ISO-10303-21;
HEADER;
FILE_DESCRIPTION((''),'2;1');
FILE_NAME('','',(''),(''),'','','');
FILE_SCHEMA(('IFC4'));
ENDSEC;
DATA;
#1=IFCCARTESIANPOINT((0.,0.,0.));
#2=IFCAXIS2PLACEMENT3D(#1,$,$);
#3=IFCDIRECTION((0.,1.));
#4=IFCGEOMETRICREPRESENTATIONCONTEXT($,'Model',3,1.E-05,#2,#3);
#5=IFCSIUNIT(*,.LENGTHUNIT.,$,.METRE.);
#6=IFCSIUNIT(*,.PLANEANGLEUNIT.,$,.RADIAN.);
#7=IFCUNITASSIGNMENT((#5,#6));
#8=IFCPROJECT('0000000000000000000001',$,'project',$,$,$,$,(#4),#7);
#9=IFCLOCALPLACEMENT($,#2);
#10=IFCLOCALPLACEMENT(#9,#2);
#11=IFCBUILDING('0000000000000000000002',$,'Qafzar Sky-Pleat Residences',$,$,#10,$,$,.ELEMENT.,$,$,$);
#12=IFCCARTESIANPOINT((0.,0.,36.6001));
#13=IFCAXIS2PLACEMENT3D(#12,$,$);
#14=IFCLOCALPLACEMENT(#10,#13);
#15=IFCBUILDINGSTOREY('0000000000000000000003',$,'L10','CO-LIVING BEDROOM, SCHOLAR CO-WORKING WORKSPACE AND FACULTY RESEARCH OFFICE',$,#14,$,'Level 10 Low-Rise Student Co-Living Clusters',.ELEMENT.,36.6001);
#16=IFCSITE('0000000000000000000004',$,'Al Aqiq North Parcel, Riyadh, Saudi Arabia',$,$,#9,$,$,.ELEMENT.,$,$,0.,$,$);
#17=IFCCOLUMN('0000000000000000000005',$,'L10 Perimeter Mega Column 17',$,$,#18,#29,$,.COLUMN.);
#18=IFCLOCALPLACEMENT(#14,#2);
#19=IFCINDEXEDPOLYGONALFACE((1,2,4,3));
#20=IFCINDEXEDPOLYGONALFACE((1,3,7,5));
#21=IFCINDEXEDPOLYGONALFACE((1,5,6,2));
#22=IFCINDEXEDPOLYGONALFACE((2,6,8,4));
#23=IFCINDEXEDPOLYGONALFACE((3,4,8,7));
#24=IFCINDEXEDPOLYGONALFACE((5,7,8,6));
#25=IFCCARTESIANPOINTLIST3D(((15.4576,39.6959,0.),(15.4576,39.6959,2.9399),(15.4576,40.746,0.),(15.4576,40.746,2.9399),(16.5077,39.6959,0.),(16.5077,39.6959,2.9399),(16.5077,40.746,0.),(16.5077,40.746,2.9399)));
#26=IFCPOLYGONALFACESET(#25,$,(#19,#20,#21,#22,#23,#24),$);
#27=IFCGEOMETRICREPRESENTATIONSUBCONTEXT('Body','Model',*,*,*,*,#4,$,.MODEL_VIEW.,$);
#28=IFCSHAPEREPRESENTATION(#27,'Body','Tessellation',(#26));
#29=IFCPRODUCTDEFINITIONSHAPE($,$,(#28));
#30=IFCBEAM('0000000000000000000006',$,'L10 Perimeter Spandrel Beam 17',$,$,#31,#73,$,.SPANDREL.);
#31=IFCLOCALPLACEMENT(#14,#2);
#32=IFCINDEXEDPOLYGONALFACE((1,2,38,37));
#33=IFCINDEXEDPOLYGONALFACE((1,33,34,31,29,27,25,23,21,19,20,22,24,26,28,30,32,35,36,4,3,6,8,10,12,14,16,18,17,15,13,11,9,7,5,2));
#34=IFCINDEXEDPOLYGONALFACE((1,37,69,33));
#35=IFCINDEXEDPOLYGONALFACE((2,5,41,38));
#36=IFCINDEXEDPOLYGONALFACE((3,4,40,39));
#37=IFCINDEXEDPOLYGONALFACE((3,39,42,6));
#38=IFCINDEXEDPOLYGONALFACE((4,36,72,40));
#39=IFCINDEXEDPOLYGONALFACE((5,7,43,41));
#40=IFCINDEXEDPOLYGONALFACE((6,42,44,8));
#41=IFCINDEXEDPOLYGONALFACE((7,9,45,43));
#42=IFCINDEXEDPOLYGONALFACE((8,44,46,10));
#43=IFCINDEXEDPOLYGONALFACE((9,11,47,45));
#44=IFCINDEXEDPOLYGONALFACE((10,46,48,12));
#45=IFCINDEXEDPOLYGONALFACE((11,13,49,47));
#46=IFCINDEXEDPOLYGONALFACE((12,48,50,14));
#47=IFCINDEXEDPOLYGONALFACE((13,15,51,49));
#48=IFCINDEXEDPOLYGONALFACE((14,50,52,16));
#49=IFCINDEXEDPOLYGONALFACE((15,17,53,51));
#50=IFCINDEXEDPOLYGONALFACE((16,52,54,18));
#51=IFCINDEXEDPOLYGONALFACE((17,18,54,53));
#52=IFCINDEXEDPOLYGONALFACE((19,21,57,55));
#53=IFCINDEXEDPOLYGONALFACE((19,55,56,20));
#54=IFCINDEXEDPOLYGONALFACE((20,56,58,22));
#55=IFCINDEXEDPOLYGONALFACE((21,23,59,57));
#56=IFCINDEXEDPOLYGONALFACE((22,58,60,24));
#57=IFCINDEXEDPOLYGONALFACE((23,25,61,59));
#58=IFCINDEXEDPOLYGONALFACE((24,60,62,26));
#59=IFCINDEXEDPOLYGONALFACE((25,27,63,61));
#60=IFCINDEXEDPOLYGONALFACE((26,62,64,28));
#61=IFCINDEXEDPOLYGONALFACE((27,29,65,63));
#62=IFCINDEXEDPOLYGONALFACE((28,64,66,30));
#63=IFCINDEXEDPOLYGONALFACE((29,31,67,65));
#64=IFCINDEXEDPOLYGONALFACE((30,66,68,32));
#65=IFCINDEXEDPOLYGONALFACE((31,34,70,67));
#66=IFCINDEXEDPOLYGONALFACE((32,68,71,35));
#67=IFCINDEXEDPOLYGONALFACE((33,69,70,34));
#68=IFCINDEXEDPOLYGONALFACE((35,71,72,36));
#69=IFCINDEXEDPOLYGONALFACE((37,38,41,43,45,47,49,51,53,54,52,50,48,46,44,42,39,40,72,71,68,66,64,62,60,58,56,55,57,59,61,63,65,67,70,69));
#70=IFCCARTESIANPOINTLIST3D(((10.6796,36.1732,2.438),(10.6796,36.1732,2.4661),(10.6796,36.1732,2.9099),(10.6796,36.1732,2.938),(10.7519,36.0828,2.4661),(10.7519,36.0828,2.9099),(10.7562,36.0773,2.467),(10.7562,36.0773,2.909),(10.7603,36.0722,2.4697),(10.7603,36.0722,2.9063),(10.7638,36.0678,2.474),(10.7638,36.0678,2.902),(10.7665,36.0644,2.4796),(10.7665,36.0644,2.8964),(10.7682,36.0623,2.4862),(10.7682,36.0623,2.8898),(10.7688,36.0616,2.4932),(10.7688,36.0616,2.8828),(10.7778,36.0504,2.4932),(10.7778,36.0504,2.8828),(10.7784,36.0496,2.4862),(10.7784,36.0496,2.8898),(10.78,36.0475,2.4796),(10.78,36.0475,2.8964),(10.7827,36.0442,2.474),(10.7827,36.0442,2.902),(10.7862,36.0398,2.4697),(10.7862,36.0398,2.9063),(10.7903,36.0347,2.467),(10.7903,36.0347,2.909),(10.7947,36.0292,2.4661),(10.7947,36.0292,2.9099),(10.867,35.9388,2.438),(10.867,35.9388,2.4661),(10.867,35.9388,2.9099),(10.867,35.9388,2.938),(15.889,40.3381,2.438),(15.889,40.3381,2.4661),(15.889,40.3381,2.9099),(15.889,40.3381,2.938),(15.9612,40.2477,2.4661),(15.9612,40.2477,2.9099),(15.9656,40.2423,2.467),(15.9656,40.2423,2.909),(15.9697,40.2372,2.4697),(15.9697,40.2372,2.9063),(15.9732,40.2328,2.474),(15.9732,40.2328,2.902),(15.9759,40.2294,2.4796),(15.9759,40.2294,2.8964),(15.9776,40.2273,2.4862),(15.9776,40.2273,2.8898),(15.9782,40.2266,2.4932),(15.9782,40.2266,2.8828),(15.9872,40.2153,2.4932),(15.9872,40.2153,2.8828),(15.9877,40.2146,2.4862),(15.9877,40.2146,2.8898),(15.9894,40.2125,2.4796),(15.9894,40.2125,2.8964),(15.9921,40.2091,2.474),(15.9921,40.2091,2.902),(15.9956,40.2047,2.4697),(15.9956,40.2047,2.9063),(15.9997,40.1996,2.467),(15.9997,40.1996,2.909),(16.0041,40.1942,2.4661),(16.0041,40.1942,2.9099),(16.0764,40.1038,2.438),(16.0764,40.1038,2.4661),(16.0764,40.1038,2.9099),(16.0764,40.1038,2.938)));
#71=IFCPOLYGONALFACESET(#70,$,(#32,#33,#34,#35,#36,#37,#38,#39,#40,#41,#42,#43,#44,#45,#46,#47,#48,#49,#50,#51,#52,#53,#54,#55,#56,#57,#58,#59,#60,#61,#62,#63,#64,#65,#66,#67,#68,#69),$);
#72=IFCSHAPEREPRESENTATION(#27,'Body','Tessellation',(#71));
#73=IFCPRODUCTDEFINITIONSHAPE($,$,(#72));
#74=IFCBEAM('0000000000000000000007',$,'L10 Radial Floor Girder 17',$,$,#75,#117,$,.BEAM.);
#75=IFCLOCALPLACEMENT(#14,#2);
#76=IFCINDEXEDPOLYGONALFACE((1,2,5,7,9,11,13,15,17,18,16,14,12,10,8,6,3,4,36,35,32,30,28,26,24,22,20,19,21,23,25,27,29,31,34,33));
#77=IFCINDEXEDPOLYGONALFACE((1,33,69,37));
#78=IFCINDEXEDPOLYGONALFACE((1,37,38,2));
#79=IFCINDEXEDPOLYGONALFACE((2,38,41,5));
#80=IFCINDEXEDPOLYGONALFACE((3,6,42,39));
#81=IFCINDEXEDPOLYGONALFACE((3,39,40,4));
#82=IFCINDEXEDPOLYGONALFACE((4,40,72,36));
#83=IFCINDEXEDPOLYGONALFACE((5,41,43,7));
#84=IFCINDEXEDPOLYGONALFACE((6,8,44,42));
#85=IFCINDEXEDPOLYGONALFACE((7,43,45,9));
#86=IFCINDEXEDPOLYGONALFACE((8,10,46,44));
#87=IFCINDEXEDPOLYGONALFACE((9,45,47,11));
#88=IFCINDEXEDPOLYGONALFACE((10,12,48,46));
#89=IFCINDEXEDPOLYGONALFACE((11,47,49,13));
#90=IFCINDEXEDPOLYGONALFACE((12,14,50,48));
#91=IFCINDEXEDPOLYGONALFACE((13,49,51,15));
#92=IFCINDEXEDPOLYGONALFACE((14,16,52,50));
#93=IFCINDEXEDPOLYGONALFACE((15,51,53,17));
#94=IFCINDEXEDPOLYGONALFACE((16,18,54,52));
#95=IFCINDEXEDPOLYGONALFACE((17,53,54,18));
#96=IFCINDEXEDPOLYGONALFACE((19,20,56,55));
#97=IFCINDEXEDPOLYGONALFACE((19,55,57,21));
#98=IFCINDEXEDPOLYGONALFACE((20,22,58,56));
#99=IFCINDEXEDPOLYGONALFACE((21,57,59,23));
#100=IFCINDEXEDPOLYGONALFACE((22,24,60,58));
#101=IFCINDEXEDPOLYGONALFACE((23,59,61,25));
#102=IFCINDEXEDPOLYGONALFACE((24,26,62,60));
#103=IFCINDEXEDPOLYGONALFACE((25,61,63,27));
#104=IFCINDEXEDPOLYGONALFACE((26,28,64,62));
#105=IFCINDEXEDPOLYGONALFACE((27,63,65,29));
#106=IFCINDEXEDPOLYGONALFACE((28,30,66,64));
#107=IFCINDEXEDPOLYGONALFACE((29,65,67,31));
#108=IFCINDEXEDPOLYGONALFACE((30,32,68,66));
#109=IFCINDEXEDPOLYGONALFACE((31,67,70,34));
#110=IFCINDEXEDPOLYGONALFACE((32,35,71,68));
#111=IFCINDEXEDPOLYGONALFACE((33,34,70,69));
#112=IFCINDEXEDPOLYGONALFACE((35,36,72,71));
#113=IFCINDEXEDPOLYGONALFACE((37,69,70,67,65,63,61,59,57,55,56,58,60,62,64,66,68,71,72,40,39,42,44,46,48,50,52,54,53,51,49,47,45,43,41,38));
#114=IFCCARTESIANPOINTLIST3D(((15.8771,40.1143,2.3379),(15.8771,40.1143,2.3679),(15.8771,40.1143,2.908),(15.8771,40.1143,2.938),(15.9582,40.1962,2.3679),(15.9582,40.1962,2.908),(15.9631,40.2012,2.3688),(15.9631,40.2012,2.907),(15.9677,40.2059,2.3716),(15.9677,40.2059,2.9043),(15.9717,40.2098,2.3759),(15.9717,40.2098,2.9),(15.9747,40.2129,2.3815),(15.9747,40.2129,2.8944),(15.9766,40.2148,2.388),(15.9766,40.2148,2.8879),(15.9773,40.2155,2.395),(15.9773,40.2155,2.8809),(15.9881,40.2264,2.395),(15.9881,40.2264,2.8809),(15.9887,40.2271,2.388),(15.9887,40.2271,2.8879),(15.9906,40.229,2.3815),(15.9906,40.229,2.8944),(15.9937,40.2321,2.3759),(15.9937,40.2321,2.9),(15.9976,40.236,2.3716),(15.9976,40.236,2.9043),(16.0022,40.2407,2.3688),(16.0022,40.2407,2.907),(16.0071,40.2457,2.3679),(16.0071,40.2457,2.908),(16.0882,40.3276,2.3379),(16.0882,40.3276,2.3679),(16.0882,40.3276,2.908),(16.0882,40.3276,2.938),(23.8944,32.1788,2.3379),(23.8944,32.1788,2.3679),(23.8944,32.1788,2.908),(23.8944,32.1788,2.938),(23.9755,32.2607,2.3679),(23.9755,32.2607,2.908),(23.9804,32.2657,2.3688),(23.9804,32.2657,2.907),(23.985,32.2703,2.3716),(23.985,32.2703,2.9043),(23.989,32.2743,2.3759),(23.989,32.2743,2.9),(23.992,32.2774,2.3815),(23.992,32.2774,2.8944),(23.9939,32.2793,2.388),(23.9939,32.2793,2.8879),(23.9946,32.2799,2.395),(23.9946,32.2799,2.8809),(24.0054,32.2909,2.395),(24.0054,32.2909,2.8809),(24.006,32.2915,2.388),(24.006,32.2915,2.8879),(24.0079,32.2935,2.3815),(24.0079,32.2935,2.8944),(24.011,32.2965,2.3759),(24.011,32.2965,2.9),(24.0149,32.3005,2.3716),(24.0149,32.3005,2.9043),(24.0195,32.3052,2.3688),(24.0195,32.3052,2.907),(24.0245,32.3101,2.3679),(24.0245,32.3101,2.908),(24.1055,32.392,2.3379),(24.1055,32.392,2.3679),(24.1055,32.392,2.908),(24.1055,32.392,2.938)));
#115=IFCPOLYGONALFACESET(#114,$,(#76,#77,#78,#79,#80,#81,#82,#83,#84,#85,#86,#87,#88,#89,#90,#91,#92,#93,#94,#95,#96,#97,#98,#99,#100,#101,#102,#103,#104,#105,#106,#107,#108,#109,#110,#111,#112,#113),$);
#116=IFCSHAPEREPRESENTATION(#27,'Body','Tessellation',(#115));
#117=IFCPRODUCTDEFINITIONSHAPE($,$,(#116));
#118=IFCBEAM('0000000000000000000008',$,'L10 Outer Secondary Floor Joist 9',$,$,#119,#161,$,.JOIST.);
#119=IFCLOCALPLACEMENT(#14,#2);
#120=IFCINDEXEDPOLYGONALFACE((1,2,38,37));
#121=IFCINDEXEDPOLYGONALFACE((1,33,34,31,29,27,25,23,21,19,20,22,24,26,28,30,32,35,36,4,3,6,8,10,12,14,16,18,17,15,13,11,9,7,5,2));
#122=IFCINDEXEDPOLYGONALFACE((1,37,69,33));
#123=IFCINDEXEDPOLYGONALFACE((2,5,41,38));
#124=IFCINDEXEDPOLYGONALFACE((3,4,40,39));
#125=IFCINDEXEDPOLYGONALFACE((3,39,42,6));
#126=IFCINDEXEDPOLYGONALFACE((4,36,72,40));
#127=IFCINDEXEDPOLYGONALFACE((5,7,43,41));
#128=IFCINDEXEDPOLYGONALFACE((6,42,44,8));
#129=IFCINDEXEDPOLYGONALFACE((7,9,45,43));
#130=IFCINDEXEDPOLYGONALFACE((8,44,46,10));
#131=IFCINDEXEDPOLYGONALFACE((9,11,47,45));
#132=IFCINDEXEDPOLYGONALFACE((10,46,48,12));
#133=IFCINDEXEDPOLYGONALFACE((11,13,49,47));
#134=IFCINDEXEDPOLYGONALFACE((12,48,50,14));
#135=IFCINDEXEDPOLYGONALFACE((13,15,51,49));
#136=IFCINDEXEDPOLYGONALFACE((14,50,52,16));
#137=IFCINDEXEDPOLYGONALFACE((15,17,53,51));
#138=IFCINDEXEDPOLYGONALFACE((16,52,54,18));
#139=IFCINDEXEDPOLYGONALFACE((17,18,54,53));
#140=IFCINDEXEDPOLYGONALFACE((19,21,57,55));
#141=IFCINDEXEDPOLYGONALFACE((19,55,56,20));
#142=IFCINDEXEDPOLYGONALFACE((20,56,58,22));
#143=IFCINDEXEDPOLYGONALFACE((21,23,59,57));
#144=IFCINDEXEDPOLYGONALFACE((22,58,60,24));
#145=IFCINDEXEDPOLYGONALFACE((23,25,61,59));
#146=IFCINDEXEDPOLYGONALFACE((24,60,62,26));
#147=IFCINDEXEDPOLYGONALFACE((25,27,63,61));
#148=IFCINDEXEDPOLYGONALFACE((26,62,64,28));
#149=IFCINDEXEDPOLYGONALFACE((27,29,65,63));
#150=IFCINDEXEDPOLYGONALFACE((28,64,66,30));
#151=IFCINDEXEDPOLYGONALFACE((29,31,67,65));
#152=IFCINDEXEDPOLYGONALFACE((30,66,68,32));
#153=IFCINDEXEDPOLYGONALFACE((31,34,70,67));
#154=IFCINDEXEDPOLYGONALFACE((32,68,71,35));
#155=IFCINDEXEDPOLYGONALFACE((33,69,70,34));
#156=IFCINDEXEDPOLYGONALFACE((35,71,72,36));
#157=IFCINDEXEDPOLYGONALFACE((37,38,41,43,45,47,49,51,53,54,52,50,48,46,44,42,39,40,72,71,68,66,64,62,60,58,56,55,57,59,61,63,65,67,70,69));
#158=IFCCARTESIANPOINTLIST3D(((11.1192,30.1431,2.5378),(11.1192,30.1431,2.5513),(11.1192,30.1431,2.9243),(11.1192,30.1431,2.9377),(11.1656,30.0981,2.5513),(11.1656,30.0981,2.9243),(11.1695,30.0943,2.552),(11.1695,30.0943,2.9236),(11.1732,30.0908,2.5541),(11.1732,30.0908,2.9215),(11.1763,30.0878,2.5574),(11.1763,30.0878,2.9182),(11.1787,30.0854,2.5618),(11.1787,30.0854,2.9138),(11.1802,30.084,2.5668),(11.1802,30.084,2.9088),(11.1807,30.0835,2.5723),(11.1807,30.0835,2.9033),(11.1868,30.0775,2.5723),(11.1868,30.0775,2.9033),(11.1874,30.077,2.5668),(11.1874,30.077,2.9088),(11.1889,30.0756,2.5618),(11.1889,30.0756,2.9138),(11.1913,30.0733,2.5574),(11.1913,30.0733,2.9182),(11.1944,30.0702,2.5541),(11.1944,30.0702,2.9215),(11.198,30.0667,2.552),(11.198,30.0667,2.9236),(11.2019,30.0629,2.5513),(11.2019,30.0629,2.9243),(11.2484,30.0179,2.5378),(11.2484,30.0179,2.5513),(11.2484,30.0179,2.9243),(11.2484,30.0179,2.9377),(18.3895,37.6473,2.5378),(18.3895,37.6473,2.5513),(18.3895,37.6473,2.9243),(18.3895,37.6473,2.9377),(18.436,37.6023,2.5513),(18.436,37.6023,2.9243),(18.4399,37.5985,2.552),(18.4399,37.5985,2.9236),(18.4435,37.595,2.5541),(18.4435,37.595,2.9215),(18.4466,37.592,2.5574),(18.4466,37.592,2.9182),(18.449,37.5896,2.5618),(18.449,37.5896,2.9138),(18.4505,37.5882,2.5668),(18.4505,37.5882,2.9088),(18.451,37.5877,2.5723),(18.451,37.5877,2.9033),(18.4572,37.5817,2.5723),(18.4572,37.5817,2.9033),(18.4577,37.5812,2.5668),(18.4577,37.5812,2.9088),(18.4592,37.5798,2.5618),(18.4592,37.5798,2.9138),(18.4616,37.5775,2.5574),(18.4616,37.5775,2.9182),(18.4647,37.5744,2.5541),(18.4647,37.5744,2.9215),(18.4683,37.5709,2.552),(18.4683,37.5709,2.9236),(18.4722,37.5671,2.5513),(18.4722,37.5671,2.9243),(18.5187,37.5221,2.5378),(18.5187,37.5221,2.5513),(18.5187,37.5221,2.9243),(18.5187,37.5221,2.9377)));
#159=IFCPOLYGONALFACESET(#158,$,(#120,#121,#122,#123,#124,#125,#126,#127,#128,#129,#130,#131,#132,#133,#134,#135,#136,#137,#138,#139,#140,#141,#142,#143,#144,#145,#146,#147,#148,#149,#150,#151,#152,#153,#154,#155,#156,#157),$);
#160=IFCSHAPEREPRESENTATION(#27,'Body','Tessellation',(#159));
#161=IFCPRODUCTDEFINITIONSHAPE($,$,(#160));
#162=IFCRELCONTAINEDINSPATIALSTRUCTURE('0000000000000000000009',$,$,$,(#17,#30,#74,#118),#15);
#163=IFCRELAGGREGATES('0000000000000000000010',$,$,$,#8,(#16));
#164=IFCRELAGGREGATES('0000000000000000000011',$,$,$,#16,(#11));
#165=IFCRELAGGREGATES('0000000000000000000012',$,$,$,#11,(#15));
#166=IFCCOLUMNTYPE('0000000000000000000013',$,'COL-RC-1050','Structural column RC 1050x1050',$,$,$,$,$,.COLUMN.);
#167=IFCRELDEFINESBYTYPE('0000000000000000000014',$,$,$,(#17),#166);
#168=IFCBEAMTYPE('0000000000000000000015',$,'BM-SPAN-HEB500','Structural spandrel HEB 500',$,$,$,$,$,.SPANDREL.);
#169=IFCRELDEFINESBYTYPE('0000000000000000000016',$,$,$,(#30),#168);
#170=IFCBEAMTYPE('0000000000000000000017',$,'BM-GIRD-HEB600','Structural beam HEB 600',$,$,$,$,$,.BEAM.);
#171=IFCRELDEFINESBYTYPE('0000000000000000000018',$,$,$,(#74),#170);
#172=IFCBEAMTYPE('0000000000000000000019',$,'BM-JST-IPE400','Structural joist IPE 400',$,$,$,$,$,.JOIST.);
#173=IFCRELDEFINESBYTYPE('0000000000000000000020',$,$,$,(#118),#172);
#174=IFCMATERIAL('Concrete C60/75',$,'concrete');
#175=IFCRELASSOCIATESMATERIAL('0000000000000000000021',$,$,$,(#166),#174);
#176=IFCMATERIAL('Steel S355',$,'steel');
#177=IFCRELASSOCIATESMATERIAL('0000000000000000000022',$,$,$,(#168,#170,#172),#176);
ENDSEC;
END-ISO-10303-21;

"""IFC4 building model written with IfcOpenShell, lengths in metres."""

from ifc_helpers import new_model, si_unit, direction, frame, origin, origin_2d, place, context, subcontext, project, spatial, rectangle, i_section, extrude, source, transform, mapped, material, material_profile, profile_set, type_object, element, save


model = new_model("IFC4")

# Units and contexts
model_context = context("Model", 3, precision=1e-05, world=origin(), true_north=direction((0.0, 1.0)))
body_context = subcontext(model_context, "Body", "Model", "MODEL_VIEW")
ifc_project = project(units=[si_unit("LENGTHUNIT", "METRE"), si_unit("PLANEANGLEUNIT", "RADIAN")], contexts=[model_context])

# Site, building, storey
site_placement = place(None, origin())
site = spatial("IfcSite", under=ifc_project, at=site_placement, Name="Al Aqiq North Parcel, Riyadh, Saudi Arabia", CompositionType="ELEMENT", RefElevation=0.0)
building_placement = place(site_placement, origin())
building = spatial("IfcBuilding", under=site, at=building_placement, Name="Qafzar Sky-Pleat Residences", CompositionType="ELEMENT")
storey_placement = place(building_placement, frame((0.0, 0.0, 36.6001)))
storey = spatial("IfcBuildingStorey", under=building, at=storey_placement, Name="L10", Description="CO-LIVING BEDROOM, SCHOLAR CO-WORKING WORKSPACE AND FACULTY RESEARCH OFFICE", LongName="Level 10 Low-Rise Student Co-Living Clusters", CompositionType="ELEMENT", Elevation=36.6001)

# Column
ifc_material_1 = material(Name="Concrete C60/75", Category="concrete")
ifc_material_profile_1 = material_profile(ifc_material_1, rectangle(XDim=1.05, YDim=1.05, at=origin_2d()), Name="RC 1050x1050")
ifc_profile_set_1 = profile_set([ifc_material_profile_1], Name="Concrete C60/75")
column_type = type_object("IfcColumnType", Name="COL-RC-1050", Description="Structural column RC 1050x1050", PredefinedType="COLUMN", material=ifc_profile_set_1)
shared_shape_1 = source(origin(), body_context, "Body", "SweptSolid", [
    extrude(rectangle(XDim=1.05, YDim=1.05, at=origin_2d()), origin(), (0.0, 0.0, 1.0), 2.9399),
])
column_placement = place(storey_placement, frame((15.9827, 40.2209, 0.0), z_axis=(0.0, 0.0, 1.0), x_axis=(1.0, 0.0, 0.0)))
element("IfcColumn", 1, at=column_placement, inside=storey, type_object=column_type, Name="L10 Perimeter Mega Column 17", PredefinedType="COLUMN", context=body_context, shape_type="MappedRepresentation", body=[
    mapped(shared_shape_1, transform((0.0, 0.0, 0.0), x_axis=(1.0, 0.0, 0.0), y_axis=(0.0, 1.0, 0.0), z_axis=(0.0, 0.0, 1.0), scale=1.0)),
])

# Beams
ifc_material_2 = material(Name="Steel S355", Category="steel")
ifc_material_profile_2 = material_profile(ifc_material_2, i_section(OverallWidth=0.3, OverallDepth=0.5, WebThickness=0.0144, FlangeThickness=0.0281, FilletRadius=0.0271, at=origin_2d()), Name="HEB 500")
ifc_profile_set_2 = profile_set([ifc_material_profile_2], Name="Steel S355")
beam_type_1 = type_object("IfcBeamType", Name="BM-SPAN-HEB500", Description="Structural spandrel HEB 500", PredefinedType="SPANDREL", material=ifc_profile_set_2)
shared_shape_2 = source(origin(), body_context, "Body", "SweptSolid", [
    extrude(i_section(OverallWidth=0.3, OverallDepth=0.5, WebThickness=0.0144, FlangeThickness=0.0281, FilletRadius=0.0271, at=origin_2d()), origin(), (0.0, 0.0, 1.0), 6.6697),
])
beam_1_placement = place(storey_placement, frame((15.9827, 40.2209, 2.688), z_axis=(-0.781054, -0.624463, 0.0), x_axis=(0.624463, -0.781054, 0.0)))
element("IfcBeam", 2, at=beam_1_placement, inside=storey, type_object=beam_type_1, Name="L10 Perimeter Spandrel Beam 17", PredefinedType="SPANDREL", context=body_context, shape_type="MappedRepresentation", body=[
    mapped(shared_shape_2, transform((0.0, 0.0, 0.0), x_axis=(1.0, 0.0, 0.0), y_axis=(0.0, 1.0, 0.0), z_axis=(0.0, 0.0, 1.0), scale=1.0)),
])
ifc_material_profile_3 = material_profile(ifc_material_2, i_section(OverallWidth=0.3, OverallDepth=0.6001, WebThickness=0.0154, FlangeThickness=0.03, FilletRadius=0.0271, at=origin_2d()), Name="HEB 600")
ifc_profile_set_3 = profile_set([ifc_material_profile_3], Name="Steel S355")
beam_type_2 = type_object("IfcBeamType", Name="BM-GIRD-HEB600", Description="Structural beam HEB 600", PredefinedType="BEAM", material=ifc_profile_set_3)
shared_shape_3 = source(origin(), body_context, "Body", "SweptSolid", [
    extrude(i_section(OverallWidth=0.3, OverallDepth=0.6001, WebThickness=0.0154, FlangeThickness=0.03, FilletRadius=0.0271, at=origin_2d()), origin(), (0.0, 0.0, 1.0), 11.2805),
])
beam_2_placement = place(storey_placement, frame((15.9827, 40.2209, 2.6379), z_axis=(0.710723, -0.703472, 0.0), x_axis=(0.703472, 0.710723, 0.0)))
element("IfcBeam", 3, at=beam_2_placement, inside=storey, type_object=beam_type_2, Name="L10 Radial Floor Girder 17", PredefinedType="BEAM", context=body_context, shape_type="MappedRepresentation", body=[
    mapped(shared_shape_3, transform((0.0, 0.0, 0.0), x_axis=(1.0, 0.0, 0.0), y_axis=(0.0, 1.0, 0.0), z_axis=(0.0, 0.0, 1.0), scale=1.0)),
])
ifc_material_profile_4 = material_profile(ifc_material_2, i_section(OverallWidth=0.1799, OverallDepth=0.3999, WebThickness=0.0085, FlangeThickness=0.0134, FilletRadius=0.021, at=origin_2d()), Name="IPE 400")
ifc_profile_set_4 = profile_set([ifc_material_profile_4], Name="Steel S355")
beam_type_3 = type_object("IfcBeamType", Name="BM-JST-IPE400", Description="Structural joist IPE 400", PredefinedType="JOIST", material=ifc_profile_set_4)
shared_shape_4 = source(origin(), body_context, "Body", "SweptSolid", [
    extrude(i_section(OverallWidth=0.1799, OverallDepth=0.3999, WebThickness=0.0085, FlangeThickness=0.0134, FilletRadius=0.021, at=origin_2d()), origin(), (0.0, 0.0, 1.0), 10.4485),
])
beam_3_placement = place(storey_placement, frame((18.4541, 37.5847, 2.7378), z_axis=(-0.695826, -0.718211, 0.0), x_axis=(0.718211, -0.695826, 0.0)))
element("IfcBeam", 4, at=beam_3_placement, inside=storey, type_object=beam_type_3, Name="L10 Outer Secondary Floor Joist 9", PredefinedType="JOIST", context=body_context, shape_type="MappedRepresentation", body=[
    mapped(shared_shape_4, transform((0.0, 0.0, 0.0), x_axis=(1.0, 0.0, 0.0), y_axis=(0.0, 1.0, 0.0), z_axis=(0.0, 0.0, 1.0), scale=1.0)),
])

save(model, "model.ifc")
